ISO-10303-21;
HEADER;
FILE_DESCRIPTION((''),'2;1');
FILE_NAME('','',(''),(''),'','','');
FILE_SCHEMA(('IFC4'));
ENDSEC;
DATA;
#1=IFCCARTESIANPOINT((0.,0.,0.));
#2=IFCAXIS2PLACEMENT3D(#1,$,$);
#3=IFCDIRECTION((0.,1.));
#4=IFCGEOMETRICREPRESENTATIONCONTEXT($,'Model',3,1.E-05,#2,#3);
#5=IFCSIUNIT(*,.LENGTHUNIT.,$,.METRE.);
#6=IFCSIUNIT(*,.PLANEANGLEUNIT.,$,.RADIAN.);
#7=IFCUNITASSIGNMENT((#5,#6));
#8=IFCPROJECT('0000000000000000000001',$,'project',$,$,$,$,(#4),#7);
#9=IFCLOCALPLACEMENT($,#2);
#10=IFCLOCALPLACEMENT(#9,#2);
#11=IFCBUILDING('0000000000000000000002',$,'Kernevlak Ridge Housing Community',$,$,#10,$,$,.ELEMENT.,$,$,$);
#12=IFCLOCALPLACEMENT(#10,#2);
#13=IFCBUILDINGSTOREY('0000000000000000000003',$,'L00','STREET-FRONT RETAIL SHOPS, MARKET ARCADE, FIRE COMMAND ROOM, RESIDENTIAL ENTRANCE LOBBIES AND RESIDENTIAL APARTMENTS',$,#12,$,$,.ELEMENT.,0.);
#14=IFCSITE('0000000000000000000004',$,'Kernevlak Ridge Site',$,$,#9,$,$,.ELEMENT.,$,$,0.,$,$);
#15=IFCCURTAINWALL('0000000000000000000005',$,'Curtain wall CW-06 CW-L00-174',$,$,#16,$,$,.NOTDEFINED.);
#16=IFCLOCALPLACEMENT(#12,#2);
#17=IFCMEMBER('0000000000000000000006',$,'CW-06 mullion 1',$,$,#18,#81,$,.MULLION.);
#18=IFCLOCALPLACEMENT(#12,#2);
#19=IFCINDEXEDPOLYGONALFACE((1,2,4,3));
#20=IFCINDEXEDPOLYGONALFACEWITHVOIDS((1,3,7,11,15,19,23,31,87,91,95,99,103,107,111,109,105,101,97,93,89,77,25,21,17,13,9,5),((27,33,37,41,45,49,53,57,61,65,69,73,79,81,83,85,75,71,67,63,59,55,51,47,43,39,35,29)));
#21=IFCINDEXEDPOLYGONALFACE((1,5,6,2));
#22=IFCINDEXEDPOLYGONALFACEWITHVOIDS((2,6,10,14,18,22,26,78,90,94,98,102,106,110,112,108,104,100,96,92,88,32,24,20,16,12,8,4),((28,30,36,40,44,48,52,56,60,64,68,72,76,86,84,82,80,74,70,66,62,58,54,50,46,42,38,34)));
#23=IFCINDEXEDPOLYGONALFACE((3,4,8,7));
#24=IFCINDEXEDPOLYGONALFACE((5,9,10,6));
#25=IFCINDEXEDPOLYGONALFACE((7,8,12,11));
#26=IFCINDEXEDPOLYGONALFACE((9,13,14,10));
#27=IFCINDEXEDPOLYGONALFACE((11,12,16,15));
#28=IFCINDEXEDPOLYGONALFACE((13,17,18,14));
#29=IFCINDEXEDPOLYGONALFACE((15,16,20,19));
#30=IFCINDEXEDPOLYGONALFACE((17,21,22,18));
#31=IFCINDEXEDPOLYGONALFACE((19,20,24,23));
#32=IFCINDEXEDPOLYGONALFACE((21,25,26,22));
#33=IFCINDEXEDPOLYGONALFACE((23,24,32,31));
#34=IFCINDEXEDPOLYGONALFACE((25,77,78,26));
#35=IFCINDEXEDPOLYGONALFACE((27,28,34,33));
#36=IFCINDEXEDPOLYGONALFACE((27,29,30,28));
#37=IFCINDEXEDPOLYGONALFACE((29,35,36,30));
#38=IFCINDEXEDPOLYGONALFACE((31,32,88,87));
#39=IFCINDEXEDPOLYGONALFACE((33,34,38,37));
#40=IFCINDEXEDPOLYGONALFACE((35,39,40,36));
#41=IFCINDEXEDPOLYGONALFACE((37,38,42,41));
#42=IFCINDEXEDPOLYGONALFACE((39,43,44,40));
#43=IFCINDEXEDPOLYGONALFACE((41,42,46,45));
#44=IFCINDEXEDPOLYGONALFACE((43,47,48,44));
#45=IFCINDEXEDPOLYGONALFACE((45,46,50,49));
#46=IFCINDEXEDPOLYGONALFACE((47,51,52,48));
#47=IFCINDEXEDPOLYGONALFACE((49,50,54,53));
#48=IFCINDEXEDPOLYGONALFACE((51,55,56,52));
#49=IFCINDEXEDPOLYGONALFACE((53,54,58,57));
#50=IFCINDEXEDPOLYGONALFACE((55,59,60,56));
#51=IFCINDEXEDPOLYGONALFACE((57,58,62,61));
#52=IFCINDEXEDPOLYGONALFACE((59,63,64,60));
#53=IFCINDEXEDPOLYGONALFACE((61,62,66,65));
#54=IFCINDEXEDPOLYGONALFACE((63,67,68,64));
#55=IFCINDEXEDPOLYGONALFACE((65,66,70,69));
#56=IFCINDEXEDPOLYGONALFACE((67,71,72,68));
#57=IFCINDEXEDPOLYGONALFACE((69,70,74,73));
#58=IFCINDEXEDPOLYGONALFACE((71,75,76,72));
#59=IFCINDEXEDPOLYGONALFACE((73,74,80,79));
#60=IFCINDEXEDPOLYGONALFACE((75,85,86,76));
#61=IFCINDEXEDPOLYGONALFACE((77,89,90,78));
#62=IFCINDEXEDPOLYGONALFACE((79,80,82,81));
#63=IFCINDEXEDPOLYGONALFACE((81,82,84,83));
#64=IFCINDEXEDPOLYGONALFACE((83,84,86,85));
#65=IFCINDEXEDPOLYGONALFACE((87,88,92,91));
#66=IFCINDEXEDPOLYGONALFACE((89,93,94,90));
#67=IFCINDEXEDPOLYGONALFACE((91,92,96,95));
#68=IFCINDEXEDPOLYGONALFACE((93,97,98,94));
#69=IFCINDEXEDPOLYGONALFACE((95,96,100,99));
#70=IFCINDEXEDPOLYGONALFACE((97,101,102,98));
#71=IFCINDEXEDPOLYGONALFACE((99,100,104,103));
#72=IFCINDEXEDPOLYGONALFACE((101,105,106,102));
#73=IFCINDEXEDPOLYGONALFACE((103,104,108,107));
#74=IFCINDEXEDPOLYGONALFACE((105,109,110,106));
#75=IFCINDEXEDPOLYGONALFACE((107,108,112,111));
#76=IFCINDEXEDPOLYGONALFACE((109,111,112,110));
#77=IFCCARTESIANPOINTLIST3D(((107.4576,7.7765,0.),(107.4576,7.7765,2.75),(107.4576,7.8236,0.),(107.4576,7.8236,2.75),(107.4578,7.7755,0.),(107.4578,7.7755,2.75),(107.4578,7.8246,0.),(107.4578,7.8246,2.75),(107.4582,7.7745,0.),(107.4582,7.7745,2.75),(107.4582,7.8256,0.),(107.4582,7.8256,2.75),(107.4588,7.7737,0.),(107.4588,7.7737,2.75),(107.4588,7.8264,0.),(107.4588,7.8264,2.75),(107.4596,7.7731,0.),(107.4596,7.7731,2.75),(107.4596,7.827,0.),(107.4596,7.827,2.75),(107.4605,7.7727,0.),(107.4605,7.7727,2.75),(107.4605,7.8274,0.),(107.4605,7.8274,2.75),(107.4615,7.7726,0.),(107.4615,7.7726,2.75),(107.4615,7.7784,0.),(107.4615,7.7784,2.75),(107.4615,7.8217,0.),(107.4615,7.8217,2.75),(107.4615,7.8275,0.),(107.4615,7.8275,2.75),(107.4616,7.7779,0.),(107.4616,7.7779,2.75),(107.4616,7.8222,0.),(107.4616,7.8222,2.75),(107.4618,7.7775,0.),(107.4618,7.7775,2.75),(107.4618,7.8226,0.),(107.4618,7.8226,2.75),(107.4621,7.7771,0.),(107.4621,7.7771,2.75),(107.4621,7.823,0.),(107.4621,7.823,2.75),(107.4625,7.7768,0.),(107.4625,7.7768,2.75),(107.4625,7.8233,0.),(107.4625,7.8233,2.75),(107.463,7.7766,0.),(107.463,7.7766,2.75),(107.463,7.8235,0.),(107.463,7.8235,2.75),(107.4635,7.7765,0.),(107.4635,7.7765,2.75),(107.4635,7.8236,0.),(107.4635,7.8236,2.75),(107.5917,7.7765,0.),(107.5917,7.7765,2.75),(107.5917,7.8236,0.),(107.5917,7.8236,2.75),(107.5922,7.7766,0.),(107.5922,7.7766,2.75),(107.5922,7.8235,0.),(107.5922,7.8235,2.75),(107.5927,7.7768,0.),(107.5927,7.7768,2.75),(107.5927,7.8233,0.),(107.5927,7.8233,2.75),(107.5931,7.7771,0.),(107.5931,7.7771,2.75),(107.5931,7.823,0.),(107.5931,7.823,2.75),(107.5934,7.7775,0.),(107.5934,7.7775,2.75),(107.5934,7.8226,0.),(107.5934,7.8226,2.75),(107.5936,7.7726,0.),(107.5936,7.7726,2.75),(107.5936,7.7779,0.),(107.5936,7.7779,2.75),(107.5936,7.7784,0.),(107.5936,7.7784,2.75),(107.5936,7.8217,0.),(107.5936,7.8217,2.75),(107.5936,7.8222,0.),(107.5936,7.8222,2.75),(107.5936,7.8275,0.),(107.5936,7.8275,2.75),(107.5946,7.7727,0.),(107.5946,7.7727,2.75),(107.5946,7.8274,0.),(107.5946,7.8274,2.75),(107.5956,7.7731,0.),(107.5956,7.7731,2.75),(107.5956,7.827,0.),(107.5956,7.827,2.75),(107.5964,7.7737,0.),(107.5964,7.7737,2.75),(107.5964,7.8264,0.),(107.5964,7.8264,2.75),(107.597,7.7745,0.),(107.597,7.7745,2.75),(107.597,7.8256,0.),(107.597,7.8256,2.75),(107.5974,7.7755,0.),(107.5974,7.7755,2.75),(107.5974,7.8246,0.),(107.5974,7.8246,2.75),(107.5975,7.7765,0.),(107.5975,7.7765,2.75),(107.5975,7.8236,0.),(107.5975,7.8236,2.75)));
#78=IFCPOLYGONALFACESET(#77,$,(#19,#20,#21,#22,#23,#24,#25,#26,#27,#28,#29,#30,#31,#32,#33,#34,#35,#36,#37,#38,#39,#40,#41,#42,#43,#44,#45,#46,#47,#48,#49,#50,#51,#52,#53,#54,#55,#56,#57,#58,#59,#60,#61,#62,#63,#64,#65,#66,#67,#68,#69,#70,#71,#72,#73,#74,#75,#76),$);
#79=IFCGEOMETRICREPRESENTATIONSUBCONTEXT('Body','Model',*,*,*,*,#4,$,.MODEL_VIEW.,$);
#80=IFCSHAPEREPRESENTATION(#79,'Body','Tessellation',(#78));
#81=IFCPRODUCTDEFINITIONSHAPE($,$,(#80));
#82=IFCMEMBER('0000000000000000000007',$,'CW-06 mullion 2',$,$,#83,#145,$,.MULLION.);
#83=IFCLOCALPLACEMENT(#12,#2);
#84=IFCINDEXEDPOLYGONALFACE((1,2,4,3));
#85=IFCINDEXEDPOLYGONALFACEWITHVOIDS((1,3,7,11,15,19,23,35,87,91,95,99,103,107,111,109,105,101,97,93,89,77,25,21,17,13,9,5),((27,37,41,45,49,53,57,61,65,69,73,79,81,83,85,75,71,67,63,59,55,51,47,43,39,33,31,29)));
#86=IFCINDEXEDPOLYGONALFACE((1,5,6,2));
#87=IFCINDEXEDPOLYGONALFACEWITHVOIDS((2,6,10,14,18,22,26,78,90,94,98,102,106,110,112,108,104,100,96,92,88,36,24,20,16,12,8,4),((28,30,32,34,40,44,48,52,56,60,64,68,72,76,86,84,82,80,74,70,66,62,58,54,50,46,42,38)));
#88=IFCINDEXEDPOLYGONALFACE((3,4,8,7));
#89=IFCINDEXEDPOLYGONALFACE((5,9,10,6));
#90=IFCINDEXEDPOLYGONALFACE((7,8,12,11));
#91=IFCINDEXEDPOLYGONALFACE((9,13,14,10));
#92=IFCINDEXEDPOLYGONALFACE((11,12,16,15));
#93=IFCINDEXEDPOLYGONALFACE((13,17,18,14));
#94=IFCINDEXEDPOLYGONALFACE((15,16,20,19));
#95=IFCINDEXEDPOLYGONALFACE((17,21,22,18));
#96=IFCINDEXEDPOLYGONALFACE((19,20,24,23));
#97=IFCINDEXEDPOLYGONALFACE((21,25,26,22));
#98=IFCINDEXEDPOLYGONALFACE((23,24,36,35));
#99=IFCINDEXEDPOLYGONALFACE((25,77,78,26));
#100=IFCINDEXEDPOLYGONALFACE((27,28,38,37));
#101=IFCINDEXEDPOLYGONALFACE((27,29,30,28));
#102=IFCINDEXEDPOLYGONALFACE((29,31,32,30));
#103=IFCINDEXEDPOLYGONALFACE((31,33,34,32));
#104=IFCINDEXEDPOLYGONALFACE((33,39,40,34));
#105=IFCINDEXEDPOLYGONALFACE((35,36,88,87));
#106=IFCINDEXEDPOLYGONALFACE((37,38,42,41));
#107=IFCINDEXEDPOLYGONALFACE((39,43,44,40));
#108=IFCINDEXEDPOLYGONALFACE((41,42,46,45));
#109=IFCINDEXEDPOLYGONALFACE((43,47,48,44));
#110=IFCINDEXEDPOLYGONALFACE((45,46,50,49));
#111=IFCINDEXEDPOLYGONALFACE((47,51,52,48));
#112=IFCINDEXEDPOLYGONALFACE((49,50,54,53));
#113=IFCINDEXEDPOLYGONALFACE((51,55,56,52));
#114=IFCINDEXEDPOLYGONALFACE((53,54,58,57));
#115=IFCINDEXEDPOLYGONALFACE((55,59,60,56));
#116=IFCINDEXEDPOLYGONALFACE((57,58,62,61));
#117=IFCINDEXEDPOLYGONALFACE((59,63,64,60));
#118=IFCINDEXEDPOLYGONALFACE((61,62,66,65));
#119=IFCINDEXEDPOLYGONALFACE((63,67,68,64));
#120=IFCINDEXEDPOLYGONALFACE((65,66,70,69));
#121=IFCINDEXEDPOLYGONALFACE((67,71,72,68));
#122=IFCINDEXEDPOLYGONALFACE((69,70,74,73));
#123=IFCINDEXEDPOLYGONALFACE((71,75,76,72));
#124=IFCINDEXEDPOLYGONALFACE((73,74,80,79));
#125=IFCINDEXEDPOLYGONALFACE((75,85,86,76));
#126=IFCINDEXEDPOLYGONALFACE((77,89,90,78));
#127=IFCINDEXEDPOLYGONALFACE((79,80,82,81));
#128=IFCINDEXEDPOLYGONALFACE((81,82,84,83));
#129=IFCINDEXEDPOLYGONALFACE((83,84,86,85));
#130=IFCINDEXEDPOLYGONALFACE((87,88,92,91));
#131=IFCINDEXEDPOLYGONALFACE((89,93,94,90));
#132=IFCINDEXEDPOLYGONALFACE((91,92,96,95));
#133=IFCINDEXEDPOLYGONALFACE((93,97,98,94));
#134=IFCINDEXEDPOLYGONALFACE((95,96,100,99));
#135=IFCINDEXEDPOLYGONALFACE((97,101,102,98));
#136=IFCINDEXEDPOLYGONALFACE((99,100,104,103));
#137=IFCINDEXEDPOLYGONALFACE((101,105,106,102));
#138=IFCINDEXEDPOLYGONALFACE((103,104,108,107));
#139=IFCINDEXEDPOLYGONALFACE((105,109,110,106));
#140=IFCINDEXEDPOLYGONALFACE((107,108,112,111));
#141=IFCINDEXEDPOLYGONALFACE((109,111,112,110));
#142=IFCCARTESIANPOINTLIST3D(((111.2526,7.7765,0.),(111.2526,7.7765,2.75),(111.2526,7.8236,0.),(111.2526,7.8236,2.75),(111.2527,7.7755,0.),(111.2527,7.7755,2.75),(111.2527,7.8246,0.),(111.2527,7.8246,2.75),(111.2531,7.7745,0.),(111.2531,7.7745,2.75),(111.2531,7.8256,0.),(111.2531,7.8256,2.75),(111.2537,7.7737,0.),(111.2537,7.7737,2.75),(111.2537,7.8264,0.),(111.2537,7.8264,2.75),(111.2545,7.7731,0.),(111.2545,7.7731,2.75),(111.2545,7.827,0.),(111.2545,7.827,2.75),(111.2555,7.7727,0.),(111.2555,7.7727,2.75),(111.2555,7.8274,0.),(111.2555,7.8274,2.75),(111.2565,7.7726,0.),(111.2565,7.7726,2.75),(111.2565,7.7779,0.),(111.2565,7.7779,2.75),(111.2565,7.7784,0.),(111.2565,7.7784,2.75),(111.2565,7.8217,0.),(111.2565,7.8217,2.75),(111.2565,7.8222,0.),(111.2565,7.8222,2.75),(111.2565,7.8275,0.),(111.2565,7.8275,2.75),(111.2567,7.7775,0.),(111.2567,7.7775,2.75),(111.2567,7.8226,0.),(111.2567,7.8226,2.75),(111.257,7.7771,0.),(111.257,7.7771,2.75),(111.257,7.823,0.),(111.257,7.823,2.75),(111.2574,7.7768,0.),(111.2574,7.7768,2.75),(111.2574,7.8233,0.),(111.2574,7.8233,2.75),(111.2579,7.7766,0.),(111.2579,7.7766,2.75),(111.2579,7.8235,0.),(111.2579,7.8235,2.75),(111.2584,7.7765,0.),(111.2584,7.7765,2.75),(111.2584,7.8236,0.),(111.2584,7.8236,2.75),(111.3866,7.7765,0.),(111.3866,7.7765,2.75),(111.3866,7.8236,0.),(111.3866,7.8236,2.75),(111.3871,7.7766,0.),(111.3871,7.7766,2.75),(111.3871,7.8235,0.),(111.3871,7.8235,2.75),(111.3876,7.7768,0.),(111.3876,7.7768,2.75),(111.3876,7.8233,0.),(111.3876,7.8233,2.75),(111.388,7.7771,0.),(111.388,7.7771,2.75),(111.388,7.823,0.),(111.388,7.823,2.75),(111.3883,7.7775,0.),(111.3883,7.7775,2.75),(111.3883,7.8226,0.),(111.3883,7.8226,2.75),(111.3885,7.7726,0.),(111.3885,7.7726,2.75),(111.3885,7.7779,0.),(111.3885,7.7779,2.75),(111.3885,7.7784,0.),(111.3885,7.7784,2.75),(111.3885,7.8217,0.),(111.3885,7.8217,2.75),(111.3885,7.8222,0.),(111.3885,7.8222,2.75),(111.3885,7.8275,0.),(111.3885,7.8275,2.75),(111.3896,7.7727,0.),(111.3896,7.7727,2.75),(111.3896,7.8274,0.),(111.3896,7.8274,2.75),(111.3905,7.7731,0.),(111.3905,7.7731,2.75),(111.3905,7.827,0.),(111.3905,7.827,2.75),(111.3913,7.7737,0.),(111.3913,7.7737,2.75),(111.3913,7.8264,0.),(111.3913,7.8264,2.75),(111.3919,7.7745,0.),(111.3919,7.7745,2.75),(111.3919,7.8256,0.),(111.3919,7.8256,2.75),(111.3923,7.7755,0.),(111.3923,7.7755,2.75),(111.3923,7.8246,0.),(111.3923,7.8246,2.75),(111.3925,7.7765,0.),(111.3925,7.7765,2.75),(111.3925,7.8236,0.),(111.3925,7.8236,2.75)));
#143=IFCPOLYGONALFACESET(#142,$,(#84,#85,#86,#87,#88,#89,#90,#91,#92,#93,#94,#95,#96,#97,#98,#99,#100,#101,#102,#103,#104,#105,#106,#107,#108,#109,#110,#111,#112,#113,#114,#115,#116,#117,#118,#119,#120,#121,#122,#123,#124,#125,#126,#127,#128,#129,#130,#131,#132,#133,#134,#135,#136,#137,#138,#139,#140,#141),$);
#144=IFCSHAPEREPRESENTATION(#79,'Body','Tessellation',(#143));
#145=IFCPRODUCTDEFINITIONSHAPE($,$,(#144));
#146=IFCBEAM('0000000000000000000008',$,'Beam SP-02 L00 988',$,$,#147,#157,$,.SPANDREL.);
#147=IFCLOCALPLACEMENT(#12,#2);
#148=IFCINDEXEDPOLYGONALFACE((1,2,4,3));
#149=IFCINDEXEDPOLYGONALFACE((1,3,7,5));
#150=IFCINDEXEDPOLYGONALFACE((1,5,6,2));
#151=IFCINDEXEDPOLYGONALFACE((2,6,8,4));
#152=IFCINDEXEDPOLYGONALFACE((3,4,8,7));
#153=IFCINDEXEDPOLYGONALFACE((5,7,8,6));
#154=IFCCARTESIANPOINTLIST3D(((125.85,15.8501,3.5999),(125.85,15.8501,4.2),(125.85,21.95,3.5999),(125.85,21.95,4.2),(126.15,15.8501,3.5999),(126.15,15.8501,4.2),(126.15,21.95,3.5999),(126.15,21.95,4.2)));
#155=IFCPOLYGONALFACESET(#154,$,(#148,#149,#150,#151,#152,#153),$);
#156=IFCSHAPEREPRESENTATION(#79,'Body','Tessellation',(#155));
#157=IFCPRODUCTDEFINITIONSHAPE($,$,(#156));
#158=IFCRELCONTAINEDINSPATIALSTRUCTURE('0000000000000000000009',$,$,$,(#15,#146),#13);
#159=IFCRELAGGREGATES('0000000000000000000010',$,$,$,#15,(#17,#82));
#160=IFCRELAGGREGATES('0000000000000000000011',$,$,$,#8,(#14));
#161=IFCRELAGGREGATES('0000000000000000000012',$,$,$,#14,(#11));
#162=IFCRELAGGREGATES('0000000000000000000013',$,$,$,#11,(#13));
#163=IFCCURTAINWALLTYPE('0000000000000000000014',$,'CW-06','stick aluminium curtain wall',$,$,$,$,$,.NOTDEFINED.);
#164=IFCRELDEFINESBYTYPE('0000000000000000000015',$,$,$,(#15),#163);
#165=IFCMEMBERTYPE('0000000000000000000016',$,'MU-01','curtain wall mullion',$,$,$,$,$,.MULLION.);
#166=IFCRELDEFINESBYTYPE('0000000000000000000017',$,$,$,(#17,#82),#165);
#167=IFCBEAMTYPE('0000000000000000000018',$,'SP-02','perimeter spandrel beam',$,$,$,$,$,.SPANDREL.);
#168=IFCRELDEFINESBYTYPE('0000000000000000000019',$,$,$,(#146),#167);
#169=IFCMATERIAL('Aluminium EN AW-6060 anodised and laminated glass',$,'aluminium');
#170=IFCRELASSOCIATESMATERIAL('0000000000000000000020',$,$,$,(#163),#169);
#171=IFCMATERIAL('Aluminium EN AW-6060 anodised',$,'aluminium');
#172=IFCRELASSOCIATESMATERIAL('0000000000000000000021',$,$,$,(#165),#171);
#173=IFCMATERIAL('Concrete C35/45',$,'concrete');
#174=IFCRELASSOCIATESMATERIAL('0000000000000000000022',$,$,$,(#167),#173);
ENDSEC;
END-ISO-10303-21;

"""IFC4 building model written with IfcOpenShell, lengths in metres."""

from ifc_helpers import new_model, si_unit, direction, frame, origin, origin_2d, place, context, subcontext, project, spatial, rectangle, hollow_rectangle, extrude, material, material_profile, profile_set, type_object, element, aggregate, save


model = new_model("IFC4")

# Units and contexts
model_context = context("Model", 3, precision=1e-05, world=origin(), true_north=direction((0.0, 1.0)))
body_context = subcontext(model_context, "Body", "Model", "MODEL_VIEW")
ifc_project = project(units=[si_unit("LENGTHUNIT", "METRE"), si_unit("PLANEANGLEUNIT", "RADIAN")], contexts=[model_context])

# Site, building, storey
site_placement = place(None, origin())
site = spatial("IfcSite", under=ifc_project, at=site_placement, Name="Kernevlak Ridge Site", CompositionType="ELEMENT", RefElevation=0.0)
building_placement = place(site_placement, origin())
building = spatial("IfcBuilding", under=site, at=building_placement, Name="Kernevlak Ridge Housing Community", CompositionType="ELEMENT")
storey_placement = place(building_placement, origin())
storey = spatial("IfcBuildingStorey", under=building, at=storey_placement, Name="L00", Description="STREET-FRONT RETAIL SHOPS, MARKET ARCADE, FIRE COMMAND ROOM, RESIDENTIAL ENTRANCE LOBBIES AND RESIDENTIAL APARTMENTS", CompositionType="ELEMENT", Elevation=0.0)

# Shared definitions
ifc_material_1 = material(Name="Concrete C35/45", Category="concrete")

# Curtain wall, members
ifc_material_2 = material(Name="Aluminium EN AW-6060 anodised and laminated glass", Category="aluminium")
curtain_wall_type = type_object("IfcCurtainWallType", Name="CW-06", Description="stick aluminium curtain wall", PredefinedType="NOTDEFINED", material=ifc_material_2)
curtain_wall_placement = place(storey_placement, origin())
curtain_wall = element("IfcCurtainWall", 1, at=curtain_wall_placement, inside=storey, type_object=curtain_wall_type, Name="Curtain wall CW-06 CW-L00-174", PredefinedType="NOTDEFINED")
ifc_material_3 = material(Name="Aluminium EN AW-6060 anodised", Category="aluminium")
ifc_material_profile_1 = material_profile(ifc_material_3, hollow_rectangle(XDim=0.0549, YDim=0.1399, WallThickness=0.0039, InnerFilletRadius=0.002, OuterFilletRadius=0.0039, at=origin_2d()), Name="ALU 55x140x4")
ifc_profile_set_1 = profile_set([ifc_material_profile_1], Name="Aluminium EN AW-6060 anodised")
member_type_1 = type_object("IfcMemberType", Name="MU-01", Description="curtain wall mullion", PredefinedType="MULLION", material=ifc_profile_set_1)
member_1_placement = place(storey_placement, frame((107.5276, 7.8, 0.0), z_axis=(0.0, 0.0, 1.0), x_axis=(0.0, 1.0, 0.0)))
member_1 = element("IfcMember", 2, at=member_1_placement, type_object=member_type_1, Name="CW-06 mullion 1", PredefinedType="MULLION", context=body_context, shape_type="SweptSolid", body=[
    extrude(hollow_rectangle(XDim=0.0549, YDim=0.1399, WallThickness=0.0039, InnerFilletRadius=0.002, OuterFilletRadius=0.0039, at=origin_2d()), origin(), (0.0, 0.0, 1.0), 2.75),
])
member_2_placement = place(storey_placement, frame((111.3225, 7.8, 0.0), z_axis=(0.0, 0.0, 1.0), x_axis=(0.0, 1.0, 0.0)))
member_2 = element("IfcMember", 3, at=member_2_placement, type_object=member_type_1, Name="CW-06 mullion 2", PredefinedType="MULLION", context=body_context, shape_type="SweptSolid", body=[
    extrude(hollow_rectangle(XDim=0.0549, YDim=0.1399, WallThickness=0.0039, InnerFilletRadius=0.002, OuterFilletRadius=0.0039, at=origin_2d()), origin(), (0.0, 0.0, 1.0), 2.75),
])

# Beam
ifc_material_profile_2 = material_profile(ifc_material_1, rectangle(XDim=0.3, YDim=0.6001, at=origin_2d()), Name="RC 300x600")
ifc_profile_set_2 = profile_set([ifc_material_profile_2], Name="Concrete C35/45")
beam_type_1 = type_object("IfcBeamType", Name="SP-02", Description="perimeter spandrel beam", PredefinedType="SPANDREL", material=ifc_profile_set_2)
beam_1_placement = place(storey_placement, frame((126.0, 15.8501, 3.8999), z_axis=(0.0, 1.0, 0.0), x_axis=(-1.0, 0.0, 0.0)))
element("IfcBeam", 4, at=beam_1_placement, inside=storey, type_object=beam_type_1, Name="Beam SP-02 L00 988", PredefinedType="SPANDREL", context=body_context, shape_type="SweptSolid", body=[
    extrude(rectangle(XDim=0.3, YDim=0.6001, at=origin_2d()), origin(), (0.0, 0.0, 1.0), 6.0999),
])

aggregate(curtain_wall, [member_1, member_2])

save(model, "model.ifc")
